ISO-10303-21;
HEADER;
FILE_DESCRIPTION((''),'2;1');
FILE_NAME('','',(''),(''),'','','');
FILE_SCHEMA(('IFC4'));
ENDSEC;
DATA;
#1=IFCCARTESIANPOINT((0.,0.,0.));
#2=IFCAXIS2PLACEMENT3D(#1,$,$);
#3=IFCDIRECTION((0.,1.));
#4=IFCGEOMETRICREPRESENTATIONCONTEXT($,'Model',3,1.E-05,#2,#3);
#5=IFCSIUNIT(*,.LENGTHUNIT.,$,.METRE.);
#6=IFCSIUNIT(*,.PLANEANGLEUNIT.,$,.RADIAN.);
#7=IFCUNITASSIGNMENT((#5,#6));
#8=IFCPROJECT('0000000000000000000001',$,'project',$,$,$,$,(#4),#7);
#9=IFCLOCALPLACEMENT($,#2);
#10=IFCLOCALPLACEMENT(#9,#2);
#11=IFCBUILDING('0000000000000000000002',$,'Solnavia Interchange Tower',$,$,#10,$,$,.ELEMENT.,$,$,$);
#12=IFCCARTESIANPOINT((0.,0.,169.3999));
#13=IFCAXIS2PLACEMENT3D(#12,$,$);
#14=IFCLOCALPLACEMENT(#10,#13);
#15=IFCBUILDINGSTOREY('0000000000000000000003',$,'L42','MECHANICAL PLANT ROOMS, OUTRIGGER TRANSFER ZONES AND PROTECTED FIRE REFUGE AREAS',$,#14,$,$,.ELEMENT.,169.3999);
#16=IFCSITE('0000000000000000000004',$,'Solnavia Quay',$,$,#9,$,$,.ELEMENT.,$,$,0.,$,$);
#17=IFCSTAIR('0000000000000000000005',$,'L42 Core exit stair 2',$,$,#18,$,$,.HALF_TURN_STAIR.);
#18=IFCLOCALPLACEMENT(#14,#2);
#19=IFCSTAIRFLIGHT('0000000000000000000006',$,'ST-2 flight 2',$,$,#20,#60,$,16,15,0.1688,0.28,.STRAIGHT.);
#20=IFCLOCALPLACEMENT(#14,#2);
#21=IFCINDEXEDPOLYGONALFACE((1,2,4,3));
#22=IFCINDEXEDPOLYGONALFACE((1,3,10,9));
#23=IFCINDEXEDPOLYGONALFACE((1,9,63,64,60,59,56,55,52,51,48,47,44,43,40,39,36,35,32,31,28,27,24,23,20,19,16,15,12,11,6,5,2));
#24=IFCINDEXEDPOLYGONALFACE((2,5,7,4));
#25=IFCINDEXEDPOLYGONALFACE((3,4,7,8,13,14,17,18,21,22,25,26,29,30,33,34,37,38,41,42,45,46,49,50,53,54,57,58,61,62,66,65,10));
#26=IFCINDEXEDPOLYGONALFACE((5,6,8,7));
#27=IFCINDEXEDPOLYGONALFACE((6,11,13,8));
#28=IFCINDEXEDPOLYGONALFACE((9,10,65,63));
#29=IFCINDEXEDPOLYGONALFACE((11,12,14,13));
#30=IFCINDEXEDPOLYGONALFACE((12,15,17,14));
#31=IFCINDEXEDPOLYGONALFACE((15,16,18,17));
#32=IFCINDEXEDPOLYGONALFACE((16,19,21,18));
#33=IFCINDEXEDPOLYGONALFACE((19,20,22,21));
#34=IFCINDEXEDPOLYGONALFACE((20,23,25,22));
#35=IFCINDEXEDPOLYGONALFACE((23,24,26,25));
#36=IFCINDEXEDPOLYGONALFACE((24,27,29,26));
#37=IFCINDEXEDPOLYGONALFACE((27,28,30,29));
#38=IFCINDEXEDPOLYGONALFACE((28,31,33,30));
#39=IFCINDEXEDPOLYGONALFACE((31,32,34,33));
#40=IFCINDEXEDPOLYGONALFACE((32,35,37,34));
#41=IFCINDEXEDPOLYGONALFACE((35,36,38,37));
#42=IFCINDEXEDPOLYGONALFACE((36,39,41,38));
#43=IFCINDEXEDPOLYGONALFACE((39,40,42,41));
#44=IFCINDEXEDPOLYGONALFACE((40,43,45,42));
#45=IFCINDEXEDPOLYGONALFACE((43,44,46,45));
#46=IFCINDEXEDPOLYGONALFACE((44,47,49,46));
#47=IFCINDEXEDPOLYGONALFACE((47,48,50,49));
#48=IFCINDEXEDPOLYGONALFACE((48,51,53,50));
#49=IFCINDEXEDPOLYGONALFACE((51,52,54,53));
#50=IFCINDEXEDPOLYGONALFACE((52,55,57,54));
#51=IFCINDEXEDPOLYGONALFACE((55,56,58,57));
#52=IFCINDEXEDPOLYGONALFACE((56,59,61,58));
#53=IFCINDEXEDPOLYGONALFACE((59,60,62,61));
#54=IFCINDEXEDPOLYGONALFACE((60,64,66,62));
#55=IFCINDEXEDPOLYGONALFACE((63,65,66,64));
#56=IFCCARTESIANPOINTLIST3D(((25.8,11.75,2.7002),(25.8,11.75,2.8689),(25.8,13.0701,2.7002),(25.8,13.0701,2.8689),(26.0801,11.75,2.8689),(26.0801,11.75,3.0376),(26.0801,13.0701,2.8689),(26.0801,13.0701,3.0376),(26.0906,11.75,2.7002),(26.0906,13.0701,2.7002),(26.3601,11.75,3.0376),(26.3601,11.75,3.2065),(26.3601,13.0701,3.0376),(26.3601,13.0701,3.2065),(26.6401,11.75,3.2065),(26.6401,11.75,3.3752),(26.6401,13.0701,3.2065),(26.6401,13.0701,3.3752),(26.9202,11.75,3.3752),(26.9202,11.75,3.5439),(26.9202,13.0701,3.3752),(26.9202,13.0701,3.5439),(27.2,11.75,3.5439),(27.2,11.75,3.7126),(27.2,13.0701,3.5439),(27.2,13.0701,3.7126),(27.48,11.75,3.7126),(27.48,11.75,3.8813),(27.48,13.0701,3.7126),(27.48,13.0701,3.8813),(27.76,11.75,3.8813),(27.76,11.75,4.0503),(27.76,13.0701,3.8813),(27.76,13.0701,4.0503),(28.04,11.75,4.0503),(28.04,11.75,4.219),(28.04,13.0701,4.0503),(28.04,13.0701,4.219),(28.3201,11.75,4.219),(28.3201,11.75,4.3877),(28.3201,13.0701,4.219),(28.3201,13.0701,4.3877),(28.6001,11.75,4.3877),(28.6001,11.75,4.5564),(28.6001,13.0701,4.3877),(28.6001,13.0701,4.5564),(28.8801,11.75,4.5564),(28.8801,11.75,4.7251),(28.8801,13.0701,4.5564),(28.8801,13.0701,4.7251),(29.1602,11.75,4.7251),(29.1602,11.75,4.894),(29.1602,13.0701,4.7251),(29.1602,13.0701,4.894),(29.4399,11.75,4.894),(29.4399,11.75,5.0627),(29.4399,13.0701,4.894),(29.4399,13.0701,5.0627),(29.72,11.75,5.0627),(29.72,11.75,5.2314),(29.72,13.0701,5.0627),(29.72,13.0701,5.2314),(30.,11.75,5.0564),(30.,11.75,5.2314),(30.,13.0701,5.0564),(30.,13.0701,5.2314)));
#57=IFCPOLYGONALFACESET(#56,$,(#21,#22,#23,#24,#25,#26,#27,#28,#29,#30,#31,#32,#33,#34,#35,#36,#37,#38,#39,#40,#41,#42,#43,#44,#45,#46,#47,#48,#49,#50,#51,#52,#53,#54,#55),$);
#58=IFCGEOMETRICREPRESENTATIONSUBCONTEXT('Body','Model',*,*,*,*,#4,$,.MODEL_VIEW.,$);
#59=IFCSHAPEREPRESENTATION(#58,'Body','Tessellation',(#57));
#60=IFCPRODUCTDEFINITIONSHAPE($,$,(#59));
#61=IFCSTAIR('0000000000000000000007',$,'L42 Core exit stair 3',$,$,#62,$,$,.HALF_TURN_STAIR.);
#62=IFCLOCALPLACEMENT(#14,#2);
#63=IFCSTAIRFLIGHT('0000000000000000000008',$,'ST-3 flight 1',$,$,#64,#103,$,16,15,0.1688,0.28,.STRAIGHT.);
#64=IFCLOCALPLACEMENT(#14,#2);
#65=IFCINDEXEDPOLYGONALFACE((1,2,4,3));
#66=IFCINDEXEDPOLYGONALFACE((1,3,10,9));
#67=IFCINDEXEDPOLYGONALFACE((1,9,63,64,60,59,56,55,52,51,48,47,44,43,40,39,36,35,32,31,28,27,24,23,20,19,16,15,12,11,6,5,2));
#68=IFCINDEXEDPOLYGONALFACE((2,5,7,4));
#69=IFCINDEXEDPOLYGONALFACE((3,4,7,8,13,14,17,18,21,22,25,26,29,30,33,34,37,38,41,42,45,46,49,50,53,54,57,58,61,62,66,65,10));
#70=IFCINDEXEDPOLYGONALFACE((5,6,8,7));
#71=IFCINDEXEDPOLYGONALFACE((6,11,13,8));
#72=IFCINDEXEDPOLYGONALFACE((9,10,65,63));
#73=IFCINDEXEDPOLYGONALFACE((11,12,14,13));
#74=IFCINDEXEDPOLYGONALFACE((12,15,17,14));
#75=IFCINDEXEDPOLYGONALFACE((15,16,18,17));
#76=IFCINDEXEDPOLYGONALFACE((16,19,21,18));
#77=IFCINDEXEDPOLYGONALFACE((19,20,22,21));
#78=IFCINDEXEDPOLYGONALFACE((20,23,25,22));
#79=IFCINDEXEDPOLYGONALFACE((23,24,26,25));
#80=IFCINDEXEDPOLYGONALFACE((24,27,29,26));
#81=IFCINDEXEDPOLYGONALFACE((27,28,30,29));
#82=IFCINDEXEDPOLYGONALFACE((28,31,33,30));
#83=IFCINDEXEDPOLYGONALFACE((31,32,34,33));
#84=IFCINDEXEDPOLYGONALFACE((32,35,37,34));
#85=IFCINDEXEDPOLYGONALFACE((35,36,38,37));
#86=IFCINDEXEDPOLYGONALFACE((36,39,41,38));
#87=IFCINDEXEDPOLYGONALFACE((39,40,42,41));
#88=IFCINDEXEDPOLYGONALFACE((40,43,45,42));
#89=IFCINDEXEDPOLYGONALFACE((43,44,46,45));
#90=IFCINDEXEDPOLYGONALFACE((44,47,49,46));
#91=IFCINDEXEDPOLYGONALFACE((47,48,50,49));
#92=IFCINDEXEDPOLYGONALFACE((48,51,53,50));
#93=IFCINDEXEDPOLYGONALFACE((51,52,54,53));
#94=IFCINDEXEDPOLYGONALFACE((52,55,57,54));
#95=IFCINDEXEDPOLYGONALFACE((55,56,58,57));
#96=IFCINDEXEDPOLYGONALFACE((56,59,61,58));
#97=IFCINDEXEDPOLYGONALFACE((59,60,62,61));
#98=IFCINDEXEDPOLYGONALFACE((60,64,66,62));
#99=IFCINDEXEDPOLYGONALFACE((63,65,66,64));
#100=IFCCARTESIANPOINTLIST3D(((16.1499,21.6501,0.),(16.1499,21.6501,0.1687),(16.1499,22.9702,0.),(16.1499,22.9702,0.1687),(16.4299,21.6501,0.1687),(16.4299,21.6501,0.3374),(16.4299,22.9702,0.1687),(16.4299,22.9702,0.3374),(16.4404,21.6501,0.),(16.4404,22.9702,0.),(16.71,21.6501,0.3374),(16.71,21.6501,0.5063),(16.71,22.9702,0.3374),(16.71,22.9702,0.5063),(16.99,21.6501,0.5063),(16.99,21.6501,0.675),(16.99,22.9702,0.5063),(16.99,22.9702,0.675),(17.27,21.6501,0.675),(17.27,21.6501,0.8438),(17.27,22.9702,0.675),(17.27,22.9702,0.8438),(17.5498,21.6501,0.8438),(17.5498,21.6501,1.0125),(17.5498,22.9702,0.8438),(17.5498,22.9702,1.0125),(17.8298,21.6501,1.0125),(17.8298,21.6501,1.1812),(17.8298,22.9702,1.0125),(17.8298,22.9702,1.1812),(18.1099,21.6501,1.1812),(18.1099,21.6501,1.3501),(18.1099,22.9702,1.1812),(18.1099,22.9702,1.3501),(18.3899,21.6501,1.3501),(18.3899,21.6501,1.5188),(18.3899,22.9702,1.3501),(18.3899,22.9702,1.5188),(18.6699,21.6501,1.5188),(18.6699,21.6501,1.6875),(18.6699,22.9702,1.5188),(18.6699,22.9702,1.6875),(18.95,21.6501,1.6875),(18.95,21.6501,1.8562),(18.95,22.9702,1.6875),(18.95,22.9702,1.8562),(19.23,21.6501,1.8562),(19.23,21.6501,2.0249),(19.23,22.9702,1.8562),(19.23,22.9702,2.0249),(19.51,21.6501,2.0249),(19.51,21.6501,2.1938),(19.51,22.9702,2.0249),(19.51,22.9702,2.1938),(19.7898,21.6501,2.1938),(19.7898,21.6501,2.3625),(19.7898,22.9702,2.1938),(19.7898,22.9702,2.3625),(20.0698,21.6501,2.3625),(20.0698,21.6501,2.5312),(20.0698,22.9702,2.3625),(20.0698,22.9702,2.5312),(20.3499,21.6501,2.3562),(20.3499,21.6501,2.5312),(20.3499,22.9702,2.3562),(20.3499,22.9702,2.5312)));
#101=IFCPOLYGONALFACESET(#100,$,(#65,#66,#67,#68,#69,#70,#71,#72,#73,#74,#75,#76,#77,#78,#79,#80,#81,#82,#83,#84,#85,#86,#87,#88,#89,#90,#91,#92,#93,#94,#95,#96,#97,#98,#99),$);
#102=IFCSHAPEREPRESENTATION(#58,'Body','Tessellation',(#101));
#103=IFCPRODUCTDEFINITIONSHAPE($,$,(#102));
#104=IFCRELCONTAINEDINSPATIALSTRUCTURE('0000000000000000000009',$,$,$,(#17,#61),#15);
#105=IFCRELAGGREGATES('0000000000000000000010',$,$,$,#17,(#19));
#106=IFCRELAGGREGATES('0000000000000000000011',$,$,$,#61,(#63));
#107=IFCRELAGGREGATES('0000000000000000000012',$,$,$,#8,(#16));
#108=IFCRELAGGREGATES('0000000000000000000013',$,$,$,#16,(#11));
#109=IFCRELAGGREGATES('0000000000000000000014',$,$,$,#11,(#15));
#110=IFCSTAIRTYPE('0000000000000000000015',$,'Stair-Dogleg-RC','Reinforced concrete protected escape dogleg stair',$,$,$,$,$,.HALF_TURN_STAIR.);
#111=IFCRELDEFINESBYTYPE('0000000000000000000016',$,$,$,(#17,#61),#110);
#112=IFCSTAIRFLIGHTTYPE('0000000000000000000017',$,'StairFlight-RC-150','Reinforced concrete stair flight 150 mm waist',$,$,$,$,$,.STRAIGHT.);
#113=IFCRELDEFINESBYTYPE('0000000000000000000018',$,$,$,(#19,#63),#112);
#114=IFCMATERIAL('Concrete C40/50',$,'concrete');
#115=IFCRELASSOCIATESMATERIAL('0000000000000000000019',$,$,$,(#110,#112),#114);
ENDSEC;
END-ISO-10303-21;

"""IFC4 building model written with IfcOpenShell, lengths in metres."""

from ifc_helpers import new_model, si_unit, direction, frame, origin, place, context, subcontext, project, spatial, polyline, outline, extrude, material, type_object, element, aggregate, save


model = new_model("IFC4")

# Units and contexts
model_context = context("Model", 3, precision=1e-05, world=origin(), true_north=direction((0.0, 1.0)))
body_context = subcontext(model_context, "Body", "Model", "MODEL_VIEW")
ifc_project = project(units=[si_unit("LENGTHUNIT", "METRE"), si_unit("PLANEANGLEUNIT", "RADIAN")], contexts=[model_context])

# Site, building, storey
site_placement = place(None, origin())
site = spatial("IfcSite", under=ifc_project, at=site_placement, Name="Solnavia Quay", CompositionType="ELEMENT", RefElevation=0.0)
building_placement = place(site_placement, origin())
building = spatial("IfcBuilding", under=site, at=building_placement, Name="Solnavia Interchange Tower", CompositionType="ELEMENT")
storey_placement = place(building_placement, frame((0.0, 0.0, 169.3999)))
storey = spatial("IfcBuildingStorey", under=building, at=storey_placement, Name="L42", Description="MECHANICAL PLANT ROOMS, OUTRIGGER TRANSFER ZONES AND PROTECTED FIRE REFUGE AREAS", CompositionType="ELEMENT", Elevation=169.3999)

# Shared definitions
ifc_material_1 = material(Name="Concrete C40/50", Category="concrete")

# Stairs, stair flights
stair_type = type_object("IfcStairType", Name="Stair-Dogleg-RC", Description="Reinforced concrete protected escape dogleg stair", PredefinedType="HALF_TURN_STAIR", material=ifc_material_1)
stair_flight_type = type_object("IfcStairFlightType", Name="StairFlight-RC-150", Description="Reinforced concrete stair flight 150 mm waist", PredefinedType="STRAIGHT", material=ifc_material_1)
stair_1_placement = place(storey_placement, origin())
stair_1 = element("IfcStair", 1, at=stair_1_placement, inside=storey, type_object=stair_type, Name="L42 Core exit stair 2", PredefinedType="HALF_TURN_STAIR")
stair_flight_1_placement = place(storey_placement, frame((25.8, 12.4099, 2.7002), z_axis=(0.0, 0.0, 1.0), x_axis=(1.0, 0.0, 0.0)))
stair_flight_1 = element("IfcStairFlight", 2, at=stair_flight_1_placement, type_object=stair_flight_type, Name="ST-2 flight 2", NumberOfRisers=16, NumberOfTreads=15, PredefinedType="STRAIGHT", RiserHeight=0.1688, TreadLength=0.28, context=body_context, shape_type="SweptSolid", body=[
    extrude(outline(polyline([(0.0, 0.0), (0.0, 0.1687), (0.28, 0.1687), (0.28, 0.3374), (0.5601, 0.3374), (0.5601, 0.5063), (0.8401, 0.5063), (0.8401, 0.675), (1.1201, 0.675), (1.1201, 0.8438), (1.3999, 0.8438), (1.3999, 1.0125), (1.6799, 1.0125), (1.6799, 1.1812), (1.96, 1.1812), (1.96, 1.3501), (2.24, 1.3501), (2.24, 1.5188), (2.52, 1.5188), (2.52, 1.6875), (2.8, 1.6875), (2.8, 1.8562), (3.0801, 1.8562), (3.0801, 2.0249), (3.3601, 2.0249), (3.3601, 2.1938), (3.6399, 2.1938), (3.6399, 2.3625), (3.9199, 2.3625), (3.9199, 2.5312), (4.2, 2.5312), (4.2, 2.7), (4.2, 2.3562), (0.2905, 0.0), (0.0, 0.0)])), frame((0.0, 0.6602, 0.0), z_axis=(0.0, -1.0, 0.0), x_axis=(1.0, 0.0, 0.0)), (0.0, 0.0, 1.0), 1.3201),
])
aggregate(stair_1, [stair_flight_1])
stair_2_placement = place(storey_placement, origin())
stair_2 = element("IfcStair", 3, at=stair_2_placement, inside=storey, type_object=stair_type, Name="L42 Core exit stair 3", PredefinedType="HALF_TURN_STAIR")
stair_flight_2_placement = place(storey_placement, frame((16.1499, 22.3101, 0.0), z_axis=(0.0, 0.0, 1.0), x_axis=(1.0, 0.0, 0.0)))
stair_flight_2 = element("IfcStairFlight", 4, at=stair_flight_2_placement, type_object=stair_flight_type, Name="ST-3 flight 1", NumberOfRisers=16, NumberOfTreads=15, PredefinedType="STRAIGHT", RiserHeight=0.1688, TreadLength=0.28, context=body_context, shape_type="SweptSolid", body=[
    extrude(outline(polyline([(0.0, 0.0), (0.0, 0.1687), (0.28, 0.1687), (0.28, 0.3374), (0.5601, 0.3374), (0.5601, 0.5063), (0.8401, 0.5063), (0.8401, 0.675), (1.1201, 0.675), (1.1201, 0.8438), (1.3999, 0.8438), (1.3999, 1.0125), (1.6799, 1.0125), (1.6799, 1.1812), (1.96, 1.1812), (1.96, 1.3501), (2.24, 1.3501), (2.24, 1.5188), (2.52, 1.5188), (2.52, 1.6875), (2.8, 1.6875), (2.8, 1.8562), (3.0801, 1.8562), (3.0801, 2.0249), (3.3601, 2.0249), (3.3601, 2.1938), (3.6399, 2.1938), (3.6399, 2.3625), (3.9199, 2.3625), (3.9199, 2.5312), (4.2, 2.5312), (4.2, 2.7), (4.2, 2.3562), (0.2905, 0.0), (0.0, 0.0)])), frame((0.0, 0.6602, 0.0), z_axis=(0.0, -1.0, 0.0), x_axis=(1.0, 0.0, 0.0)), (0.0, 0.0, 1.0), 1.3201),
])
aggregate(stair_2, [stair_flight_2])

save(model, "model.ifc")
